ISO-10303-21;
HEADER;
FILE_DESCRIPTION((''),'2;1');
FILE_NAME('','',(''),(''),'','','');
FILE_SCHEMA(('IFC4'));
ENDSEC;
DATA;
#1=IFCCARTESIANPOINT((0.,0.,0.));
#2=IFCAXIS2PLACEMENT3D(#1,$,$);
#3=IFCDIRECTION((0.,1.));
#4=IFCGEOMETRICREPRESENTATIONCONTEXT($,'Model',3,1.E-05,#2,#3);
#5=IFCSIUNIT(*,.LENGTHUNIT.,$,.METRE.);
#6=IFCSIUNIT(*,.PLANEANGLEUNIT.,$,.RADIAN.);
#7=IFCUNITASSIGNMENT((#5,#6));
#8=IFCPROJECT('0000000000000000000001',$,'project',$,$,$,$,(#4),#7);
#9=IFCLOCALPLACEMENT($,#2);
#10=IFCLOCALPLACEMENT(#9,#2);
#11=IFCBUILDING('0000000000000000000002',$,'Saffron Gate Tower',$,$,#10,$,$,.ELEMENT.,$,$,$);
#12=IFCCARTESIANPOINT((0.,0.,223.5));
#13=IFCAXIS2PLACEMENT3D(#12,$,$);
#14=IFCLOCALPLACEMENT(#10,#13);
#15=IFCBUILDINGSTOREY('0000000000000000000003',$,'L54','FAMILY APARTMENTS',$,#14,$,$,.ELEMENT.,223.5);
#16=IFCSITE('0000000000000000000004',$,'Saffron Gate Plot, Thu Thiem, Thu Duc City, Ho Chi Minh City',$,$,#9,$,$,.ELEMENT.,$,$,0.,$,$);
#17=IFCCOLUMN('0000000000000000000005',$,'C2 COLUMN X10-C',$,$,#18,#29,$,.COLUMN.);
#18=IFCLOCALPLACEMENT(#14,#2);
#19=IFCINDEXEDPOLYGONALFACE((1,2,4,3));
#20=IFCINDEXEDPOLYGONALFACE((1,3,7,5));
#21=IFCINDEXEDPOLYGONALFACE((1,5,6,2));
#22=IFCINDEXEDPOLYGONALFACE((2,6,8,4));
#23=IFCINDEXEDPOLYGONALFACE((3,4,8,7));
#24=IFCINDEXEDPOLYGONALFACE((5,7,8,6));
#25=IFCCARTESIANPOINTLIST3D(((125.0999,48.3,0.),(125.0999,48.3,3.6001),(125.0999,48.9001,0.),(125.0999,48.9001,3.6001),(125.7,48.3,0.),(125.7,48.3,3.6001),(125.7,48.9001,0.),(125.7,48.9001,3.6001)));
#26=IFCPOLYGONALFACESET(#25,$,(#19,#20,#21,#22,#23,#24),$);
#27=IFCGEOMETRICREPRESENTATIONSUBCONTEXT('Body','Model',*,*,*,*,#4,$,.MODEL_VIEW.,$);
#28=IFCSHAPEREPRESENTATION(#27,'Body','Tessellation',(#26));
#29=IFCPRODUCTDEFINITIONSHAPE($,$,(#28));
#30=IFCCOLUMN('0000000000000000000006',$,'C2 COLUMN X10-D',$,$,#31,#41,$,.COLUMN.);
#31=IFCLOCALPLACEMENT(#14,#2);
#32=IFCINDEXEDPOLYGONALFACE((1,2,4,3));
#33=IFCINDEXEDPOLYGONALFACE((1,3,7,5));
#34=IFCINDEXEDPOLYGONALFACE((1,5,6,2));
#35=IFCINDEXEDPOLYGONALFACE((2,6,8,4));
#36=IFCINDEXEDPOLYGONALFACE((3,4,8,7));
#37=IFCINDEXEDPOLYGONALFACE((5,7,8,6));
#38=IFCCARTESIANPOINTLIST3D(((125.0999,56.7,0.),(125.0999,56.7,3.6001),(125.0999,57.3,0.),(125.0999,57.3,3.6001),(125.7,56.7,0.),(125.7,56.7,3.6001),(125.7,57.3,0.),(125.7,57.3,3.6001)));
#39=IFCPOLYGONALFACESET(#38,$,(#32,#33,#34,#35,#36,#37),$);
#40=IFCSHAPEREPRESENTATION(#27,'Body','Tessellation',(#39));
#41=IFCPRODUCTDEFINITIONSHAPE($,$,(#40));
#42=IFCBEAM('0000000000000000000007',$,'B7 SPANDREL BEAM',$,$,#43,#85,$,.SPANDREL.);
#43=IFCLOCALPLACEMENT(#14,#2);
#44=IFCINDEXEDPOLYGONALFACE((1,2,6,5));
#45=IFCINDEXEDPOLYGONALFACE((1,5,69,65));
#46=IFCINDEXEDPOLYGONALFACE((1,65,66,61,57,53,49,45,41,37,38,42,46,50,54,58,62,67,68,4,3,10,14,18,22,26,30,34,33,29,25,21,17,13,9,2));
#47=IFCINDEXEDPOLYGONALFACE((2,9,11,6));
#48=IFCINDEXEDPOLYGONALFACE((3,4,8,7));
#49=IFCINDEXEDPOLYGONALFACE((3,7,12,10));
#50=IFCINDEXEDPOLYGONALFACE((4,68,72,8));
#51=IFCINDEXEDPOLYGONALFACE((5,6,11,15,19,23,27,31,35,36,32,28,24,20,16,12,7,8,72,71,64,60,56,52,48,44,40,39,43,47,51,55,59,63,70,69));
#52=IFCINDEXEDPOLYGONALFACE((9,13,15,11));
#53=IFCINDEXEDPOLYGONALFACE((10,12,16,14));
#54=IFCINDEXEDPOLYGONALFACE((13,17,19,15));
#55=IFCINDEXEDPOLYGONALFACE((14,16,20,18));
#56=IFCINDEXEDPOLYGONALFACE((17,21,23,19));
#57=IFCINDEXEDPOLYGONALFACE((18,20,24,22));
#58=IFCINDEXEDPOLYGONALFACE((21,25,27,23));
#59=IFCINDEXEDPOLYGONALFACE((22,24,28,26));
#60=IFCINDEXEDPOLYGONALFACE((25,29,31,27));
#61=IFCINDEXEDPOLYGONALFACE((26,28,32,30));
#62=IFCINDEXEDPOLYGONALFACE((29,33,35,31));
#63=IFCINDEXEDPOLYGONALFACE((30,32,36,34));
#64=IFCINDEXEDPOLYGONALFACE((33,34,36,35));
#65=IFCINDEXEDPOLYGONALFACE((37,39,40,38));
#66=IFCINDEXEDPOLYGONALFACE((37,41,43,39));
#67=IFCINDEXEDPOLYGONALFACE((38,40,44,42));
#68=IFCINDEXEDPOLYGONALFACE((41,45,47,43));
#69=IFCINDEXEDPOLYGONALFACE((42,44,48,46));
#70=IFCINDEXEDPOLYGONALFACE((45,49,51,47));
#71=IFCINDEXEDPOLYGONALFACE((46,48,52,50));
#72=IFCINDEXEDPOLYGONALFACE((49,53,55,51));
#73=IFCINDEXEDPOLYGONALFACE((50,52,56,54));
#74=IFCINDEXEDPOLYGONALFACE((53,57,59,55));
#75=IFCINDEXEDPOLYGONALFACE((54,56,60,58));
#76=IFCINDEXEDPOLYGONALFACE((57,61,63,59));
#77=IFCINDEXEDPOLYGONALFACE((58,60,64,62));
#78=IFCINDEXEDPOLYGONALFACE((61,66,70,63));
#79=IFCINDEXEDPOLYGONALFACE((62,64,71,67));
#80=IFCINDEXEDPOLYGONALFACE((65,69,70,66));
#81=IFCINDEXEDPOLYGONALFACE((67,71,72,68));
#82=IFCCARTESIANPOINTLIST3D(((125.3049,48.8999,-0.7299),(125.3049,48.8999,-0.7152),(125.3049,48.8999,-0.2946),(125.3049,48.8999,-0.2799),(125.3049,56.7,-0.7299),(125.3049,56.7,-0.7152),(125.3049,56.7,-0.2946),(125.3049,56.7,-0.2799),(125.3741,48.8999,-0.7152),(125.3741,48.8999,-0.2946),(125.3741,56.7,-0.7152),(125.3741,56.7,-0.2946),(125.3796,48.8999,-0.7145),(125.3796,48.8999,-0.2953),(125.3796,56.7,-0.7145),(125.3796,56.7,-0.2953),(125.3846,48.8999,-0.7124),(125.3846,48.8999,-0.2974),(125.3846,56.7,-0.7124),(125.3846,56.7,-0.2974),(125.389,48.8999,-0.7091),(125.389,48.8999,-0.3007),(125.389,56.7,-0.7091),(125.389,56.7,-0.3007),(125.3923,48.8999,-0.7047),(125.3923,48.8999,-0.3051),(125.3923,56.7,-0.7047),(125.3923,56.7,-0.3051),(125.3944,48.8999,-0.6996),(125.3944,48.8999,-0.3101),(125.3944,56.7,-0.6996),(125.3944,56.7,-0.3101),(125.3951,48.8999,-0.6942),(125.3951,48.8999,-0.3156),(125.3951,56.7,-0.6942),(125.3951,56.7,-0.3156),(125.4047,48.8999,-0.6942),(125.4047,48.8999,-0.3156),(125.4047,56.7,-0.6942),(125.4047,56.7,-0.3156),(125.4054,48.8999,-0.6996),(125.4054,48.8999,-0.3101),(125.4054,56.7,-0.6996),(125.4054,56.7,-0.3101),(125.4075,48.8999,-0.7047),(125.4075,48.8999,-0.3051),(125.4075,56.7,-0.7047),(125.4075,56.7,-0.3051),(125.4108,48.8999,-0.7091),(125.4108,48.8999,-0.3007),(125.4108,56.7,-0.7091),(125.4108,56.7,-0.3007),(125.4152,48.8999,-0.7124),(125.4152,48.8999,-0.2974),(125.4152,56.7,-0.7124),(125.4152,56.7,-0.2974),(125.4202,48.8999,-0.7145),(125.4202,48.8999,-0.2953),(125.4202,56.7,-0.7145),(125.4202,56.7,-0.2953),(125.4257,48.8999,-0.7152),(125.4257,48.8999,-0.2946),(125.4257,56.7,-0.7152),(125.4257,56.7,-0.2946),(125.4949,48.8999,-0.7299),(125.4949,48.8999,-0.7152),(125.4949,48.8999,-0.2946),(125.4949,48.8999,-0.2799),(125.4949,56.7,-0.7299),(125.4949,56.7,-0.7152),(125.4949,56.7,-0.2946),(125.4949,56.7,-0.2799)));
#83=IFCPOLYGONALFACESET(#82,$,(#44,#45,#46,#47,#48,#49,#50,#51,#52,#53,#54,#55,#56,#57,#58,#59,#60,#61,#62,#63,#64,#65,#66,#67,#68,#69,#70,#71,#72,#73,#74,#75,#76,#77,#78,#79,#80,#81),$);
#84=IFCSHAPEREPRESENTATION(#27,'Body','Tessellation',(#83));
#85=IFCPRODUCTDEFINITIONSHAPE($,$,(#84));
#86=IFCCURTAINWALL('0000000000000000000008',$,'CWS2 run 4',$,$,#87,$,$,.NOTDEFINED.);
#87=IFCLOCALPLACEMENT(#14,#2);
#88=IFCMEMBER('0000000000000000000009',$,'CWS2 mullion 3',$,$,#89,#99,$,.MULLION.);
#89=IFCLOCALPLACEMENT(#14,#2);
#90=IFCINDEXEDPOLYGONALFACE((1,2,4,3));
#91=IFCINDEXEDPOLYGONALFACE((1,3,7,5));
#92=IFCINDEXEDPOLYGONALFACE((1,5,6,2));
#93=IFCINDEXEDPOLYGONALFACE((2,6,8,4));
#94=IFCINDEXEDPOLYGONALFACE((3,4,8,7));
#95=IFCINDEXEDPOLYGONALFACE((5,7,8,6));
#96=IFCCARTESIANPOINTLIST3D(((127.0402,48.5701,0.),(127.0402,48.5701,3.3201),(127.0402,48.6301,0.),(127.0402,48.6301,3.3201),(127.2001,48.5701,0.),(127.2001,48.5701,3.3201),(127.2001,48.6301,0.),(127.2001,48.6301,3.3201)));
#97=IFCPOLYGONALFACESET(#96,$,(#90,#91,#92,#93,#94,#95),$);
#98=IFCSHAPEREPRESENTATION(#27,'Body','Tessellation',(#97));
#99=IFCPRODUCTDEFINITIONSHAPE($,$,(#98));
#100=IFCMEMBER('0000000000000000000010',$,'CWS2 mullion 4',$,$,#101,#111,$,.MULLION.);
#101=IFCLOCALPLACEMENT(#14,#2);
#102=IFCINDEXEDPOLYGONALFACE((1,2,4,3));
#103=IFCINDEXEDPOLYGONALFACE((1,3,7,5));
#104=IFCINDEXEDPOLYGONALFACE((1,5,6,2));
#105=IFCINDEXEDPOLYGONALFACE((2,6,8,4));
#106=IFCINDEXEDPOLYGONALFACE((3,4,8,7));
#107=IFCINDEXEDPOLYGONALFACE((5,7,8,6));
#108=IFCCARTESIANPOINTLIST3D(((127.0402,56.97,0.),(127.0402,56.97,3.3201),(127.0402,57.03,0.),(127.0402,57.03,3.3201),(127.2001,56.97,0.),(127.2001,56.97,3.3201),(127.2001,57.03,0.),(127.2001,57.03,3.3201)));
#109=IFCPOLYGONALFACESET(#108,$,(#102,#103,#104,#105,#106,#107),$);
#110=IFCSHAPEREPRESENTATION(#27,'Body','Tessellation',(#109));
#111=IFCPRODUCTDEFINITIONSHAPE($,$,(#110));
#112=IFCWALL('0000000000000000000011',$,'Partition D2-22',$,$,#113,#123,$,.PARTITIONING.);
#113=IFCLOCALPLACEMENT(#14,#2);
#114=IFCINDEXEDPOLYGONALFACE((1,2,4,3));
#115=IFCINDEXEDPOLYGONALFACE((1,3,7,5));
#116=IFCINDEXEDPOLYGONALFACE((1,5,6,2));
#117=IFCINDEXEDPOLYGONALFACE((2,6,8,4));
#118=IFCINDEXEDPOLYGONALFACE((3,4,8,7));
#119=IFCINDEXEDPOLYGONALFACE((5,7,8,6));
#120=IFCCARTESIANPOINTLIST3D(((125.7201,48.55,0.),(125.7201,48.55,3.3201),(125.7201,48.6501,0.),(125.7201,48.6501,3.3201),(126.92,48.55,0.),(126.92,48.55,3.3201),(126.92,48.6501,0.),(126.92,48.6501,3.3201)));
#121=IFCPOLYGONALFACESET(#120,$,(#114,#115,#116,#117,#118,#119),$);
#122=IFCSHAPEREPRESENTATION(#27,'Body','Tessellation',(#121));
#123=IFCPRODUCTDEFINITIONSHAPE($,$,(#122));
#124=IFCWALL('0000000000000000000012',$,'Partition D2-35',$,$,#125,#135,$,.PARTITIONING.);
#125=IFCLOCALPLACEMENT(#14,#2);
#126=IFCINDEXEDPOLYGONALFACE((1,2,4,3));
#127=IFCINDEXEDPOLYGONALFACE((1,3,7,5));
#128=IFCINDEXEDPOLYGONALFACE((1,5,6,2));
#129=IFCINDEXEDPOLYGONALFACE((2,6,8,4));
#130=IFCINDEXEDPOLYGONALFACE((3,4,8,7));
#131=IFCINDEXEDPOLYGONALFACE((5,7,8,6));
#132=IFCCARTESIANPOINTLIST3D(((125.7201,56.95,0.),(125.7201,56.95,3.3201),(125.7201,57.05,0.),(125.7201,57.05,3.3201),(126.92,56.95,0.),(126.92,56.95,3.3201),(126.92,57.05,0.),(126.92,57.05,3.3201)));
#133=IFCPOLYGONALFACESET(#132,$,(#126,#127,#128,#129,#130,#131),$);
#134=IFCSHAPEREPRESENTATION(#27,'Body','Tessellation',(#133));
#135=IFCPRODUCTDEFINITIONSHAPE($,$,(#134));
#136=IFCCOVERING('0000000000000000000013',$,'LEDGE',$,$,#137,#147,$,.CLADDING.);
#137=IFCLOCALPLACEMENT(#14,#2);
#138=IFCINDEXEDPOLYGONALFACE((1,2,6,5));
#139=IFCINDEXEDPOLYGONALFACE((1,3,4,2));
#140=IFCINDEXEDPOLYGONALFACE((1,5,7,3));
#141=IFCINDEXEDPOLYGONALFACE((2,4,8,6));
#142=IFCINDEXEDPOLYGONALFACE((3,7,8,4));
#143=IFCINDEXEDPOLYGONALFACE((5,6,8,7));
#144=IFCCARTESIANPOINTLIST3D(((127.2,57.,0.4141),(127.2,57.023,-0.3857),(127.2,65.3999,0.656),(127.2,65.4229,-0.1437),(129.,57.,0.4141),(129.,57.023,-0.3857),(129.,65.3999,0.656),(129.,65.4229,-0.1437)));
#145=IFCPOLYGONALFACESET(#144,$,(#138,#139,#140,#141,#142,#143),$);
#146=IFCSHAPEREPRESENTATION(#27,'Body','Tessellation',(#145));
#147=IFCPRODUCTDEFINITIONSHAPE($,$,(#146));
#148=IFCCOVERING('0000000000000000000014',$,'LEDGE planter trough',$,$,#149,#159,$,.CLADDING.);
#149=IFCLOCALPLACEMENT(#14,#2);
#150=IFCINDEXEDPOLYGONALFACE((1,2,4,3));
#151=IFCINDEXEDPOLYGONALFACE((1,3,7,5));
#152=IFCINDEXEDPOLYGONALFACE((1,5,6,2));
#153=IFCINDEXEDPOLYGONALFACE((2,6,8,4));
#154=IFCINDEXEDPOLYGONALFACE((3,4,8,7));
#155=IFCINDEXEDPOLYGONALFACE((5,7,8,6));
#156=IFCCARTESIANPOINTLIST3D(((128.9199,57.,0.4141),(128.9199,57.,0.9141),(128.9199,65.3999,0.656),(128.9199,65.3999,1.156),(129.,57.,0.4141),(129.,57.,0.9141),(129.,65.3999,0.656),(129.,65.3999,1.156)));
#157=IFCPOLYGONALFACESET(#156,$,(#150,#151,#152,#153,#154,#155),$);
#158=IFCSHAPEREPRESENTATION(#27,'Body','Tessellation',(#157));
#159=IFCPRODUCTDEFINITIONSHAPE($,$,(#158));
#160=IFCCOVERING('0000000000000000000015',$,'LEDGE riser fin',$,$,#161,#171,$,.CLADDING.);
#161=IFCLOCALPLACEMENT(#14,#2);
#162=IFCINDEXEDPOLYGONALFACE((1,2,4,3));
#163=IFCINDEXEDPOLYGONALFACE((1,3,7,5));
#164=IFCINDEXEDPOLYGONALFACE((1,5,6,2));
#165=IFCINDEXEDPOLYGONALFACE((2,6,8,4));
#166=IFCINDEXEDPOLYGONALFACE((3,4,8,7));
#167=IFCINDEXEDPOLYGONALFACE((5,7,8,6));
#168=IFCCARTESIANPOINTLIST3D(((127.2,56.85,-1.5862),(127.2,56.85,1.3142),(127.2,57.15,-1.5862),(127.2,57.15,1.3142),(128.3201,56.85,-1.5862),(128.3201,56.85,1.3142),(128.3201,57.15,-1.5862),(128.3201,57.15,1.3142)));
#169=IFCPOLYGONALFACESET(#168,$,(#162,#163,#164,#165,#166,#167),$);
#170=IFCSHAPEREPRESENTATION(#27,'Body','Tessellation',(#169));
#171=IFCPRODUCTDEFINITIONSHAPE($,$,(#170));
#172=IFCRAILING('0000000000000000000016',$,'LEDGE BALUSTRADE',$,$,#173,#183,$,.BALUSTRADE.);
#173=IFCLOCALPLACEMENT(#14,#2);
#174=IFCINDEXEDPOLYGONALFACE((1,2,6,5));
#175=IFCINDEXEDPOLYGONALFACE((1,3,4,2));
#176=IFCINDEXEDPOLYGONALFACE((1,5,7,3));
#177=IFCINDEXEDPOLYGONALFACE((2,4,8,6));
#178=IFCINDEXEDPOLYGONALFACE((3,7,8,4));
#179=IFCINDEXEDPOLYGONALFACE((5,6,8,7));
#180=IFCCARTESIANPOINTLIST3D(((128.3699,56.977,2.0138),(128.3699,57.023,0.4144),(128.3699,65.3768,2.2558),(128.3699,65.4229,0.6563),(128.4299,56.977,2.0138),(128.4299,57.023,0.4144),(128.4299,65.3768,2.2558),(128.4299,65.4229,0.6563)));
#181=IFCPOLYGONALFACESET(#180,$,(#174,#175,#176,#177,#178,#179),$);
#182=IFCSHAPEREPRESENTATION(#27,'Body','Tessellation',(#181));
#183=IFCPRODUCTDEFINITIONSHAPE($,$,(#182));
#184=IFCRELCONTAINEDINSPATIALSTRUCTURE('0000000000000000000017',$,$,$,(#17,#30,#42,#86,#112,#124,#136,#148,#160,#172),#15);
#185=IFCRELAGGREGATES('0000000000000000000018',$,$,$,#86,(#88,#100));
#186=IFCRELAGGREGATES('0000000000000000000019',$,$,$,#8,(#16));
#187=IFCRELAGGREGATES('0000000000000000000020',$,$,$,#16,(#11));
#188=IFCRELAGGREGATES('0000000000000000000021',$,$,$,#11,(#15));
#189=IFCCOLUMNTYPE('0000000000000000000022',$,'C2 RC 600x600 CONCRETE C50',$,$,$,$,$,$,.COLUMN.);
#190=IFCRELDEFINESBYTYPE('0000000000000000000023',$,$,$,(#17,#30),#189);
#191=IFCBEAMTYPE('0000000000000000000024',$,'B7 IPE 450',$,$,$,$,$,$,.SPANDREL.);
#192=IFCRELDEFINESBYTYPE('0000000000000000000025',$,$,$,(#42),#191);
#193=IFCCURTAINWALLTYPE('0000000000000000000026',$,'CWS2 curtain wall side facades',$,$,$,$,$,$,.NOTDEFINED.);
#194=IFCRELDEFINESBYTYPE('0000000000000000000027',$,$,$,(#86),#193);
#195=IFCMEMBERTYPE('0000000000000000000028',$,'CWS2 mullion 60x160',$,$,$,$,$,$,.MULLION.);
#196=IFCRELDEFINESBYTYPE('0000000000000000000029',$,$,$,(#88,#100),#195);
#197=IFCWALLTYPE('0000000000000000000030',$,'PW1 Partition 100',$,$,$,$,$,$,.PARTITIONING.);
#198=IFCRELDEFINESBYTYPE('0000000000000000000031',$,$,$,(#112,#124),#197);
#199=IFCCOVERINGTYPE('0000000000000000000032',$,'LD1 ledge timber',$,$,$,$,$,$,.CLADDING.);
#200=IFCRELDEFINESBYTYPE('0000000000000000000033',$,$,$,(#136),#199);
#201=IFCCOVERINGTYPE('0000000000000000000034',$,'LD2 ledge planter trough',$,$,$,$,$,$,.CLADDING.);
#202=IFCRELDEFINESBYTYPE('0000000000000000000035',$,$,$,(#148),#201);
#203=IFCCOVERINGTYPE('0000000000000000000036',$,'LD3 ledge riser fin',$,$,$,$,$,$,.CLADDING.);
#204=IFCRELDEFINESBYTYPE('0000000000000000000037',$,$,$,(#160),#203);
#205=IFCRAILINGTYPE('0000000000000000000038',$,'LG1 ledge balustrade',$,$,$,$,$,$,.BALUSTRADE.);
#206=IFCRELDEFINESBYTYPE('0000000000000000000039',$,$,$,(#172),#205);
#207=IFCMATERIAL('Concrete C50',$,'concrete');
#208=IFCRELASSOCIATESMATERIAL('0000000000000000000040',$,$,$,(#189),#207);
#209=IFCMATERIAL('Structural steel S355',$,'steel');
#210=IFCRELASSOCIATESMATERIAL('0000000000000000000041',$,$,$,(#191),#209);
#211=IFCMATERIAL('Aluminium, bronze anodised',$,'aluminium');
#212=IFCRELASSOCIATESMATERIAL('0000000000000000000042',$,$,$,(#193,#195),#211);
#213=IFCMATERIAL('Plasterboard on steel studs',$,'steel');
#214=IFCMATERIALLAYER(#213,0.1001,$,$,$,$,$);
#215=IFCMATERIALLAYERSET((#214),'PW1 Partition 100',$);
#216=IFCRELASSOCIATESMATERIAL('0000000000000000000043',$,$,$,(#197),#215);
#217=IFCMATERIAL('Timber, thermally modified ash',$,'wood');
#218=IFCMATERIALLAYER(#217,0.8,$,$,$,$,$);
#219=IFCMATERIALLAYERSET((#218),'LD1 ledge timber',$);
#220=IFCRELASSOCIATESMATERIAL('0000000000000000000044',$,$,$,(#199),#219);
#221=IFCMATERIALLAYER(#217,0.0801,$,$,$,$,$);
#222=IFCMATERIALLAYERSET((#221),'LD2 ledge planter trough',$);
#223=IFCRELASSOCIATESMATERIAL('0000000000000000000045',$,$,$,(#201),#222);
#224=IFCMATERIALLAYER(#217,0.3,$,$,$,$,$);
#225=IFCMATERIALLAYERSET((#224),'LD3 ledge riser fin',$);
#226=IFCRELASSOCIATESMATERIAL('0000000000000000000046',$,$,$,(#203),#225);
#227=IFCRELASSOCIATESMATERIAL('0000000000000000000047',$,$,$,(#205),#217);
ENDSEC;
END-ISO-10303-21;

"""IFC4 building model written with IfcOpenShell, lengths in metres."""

from ifc_helpers import new_model, si_unit, direction, frame, frame_2d, origin, origin_2d, place, context, subcontext, project, spatial, polyline, rectangle, i_section, outline, extrude, material, layer, layer_set, material_profile, profile_set, type_object, element, aggregate, save


model = new_model("IFC4")

# Units and contexts
model_context = context("Model", 3, precision=1e-05, world=origin(), true_north=direction((0.0, 1.0)))
body_context = subcontext(model_context, "Body", "Model", "MODEL_VIEW")
ifc_project = project(units=[si_unit("LENGTHUNIT", "METRE"), si_unit("PLANEANGLEUNIT", "RADIAN")], contexts=[model_context])

# Site, building, storey
site_placement = place(None, origin())
site = spatial("IfcSite", under=ifc_project, at=site_placement, Name="Saffron Gate Plot, Thu Thiem, Thu Duc City, Ho Chi Minh City", CompositionType="ELEMENT", RefElevation=0.0)
building_placement = place(site_placement, origin())
building = spatial("IfcBuilding", under=site, at=building_placement, Name="Saffron Gate Tower", CompositionType="ELEMENT")
storey_placement = place(building_placement, frame((0.0, 0.0, 223.5)))
storey = spatial("IfcBuildingStorey", under=building, at=storey_placement, Name="L54", Description="FAMILY APARTMENTS", CompositionType="ELEMENT", Elevation=223.5)

# Columns
ifc_material_1 = material(Name="Concrete C50", Category="concrete")
ifc_material_profile_1 = material_profile(ifc_material_1, rectangle(XDim=0.6001, YDim=0.6001, at=origin_2d()))
ifc_profile_set_1 = profile_set([ifc_material_profile_1], Name="Concrete C50")
column_type = type_object("IfcColumnType", Name="C2 RC 600x600 CONCRETE C50", PredefinedType="COLUMN", material=ifc_profile_set_1)
for number, where, z_axis, x_axis, name in (
    (1, (125.3999, 48.6001, 0.0), (0.0, 0.0, 1.0), (1.0, 0.0, 0.0), "C2 COLUMN X10-C"),
    (2, (125.3999, 57.0, 0.0), (0.0, 0.0, 1.0), (1.0, 0.0, 0.0), "C2 COLUMN X10-D"),
):
    element("IfcColumn", number, at=place(storey_placement, frame(where, z_axis=z_axis, x_axis=x_axis)), inside=storey, type_object=column_type, Name=name, PredefinedType="COLUMN", context=body_context, shape_type="SweptSolid", body=[
        extrude(rectangle(XDim=0.6001, YDim=0.6001, at=origin_2d()), origin(), (0.0, 0.0, 1.0), 3.6001),
    ])

# Beam
ifc_material_2 = material(Name="Structural steel S355", Category="steel")
ifc_material_profile_2 = material_profile(ifc_material_2, i_section(OverallWidth=0.1899, OverallDepth=0.45, WebThickness=0.0095, FlangeThickness=0.0146, FilletRadius=0.021, at=origin_2d()))
ifc_profile_set_2 = profile_set([ifc_material_profile_2], Name="Structural steel S355")
beam_type = type_object("IfcBeamType", Name="B7 IPE 450", PredefinedType="SPANDREL", material=ifc_profile_set_2)
beam_placement = place(storey_placement, frame((125.3999, 48.8999, -0.5049), z_axis=(0.0, 1.0, 0.0), x_axis=(-1.0, 0.0, 0.0)))
element("IfcBeam", 3, at=beam_placement, inside=storey, type_object=beam_type, Name="B7 SPANDREL BEAM", PredefinedType="SPANDREL", context=body_context, shape_type="SweptSolid", body=[
    extrude(i_section(OverallWidth=0.1899, OverallDepth=0.45, WebThickness=0.0095, FlangeThickness=0.0146, FilletRadius=0.021, at=origin_2d()), origin(), (0.0, 0.0, 1.0), 7.8),
])

# Curtain wall, members
ifc_material_3 = material(Name="Aluminium, bronze anodised", Category="aluminium")
curtain_wall_type = type_object("IfcCurtainWallType", Name="CWS2 curtain wall side facades", PredefinedType="NOTDEFINED", material=ifc_material_3)
curtain_wall_placement = place(storey_placement, origin())
curtain_wall = element("IfcCurtainWall", 4, at=curtain_wall_placement, inside=storey, type_object=curtain_wall_type, Name="CWS2 run 4", PredefinedType="NOTDEFINED")
ifc_material_profile_3 = material_profile(ifc_material_3, rectangle(XDim=0.1599, YDim=0.0601, at=origin_2d()))
ifc_profile_set_3 = profile_set([ifc_material_profile_3], Name="Aluminium, bronze anodised")
member_type = type_object("IfcMemberType", Name="CWS2 mullion 60x160", PredefinedType="MULLION", material=ifc_profile_set_3)
member_1_placement = place(storey_placement, frame((127.1201, 48.6001, 0.0), z_axis=(0.0, 0.0, 1.0), x_axis=(-1.0, 0.0, 0.0)))
member_1 = element("IfcMember", 5, at=member_1_placement, type_object=member_type, Name="CWS2 mullion 3", PredefinedType="MULLION", context=body_context, shape_type="SweptSolid", body=[
    extrude(rectangle(XDim=0.1599, YDim=0.0601, at=origin_2d()), origin(), (0.0, 0.0, 1.0), 3.3201),
])
member_2_placement = place(storey_placement, frame((127.1201, 57.0, 0.0), z_axis=(0.0, 0.0, 1.0), x_axis=(-1.0, 0.0, 0.0)))
member_2 = element("IfcMember", 6, at=member_2_placement, type_object=member_type, Name="CWS2 mullion 4", PredefinedType="MULLION", context=body_context, shape_type="SweptSolid", body=[
    extrude(rectangle(XDim=0.1599, YDim=0.0601, at=origin_2d()), origin(), (0.0, 0.0, 1.0), 3.3201),
])
aggregate(curtain_wall, [member_1, member_2])

# Walls
ifc_material_4 = material(Name="Plasterboard on steel studs", Category="steel")
ifc_layer_1 = layer(ifc_material_4, 0.1001)
ifc_layer_set_1 = layer_set([ifc_layer_1], Name="PW1 Partition 100")
wall_type = type_object("IfcWallType", Name="PW1 Partition 100", PredefinedType="PARTITIONING", material=ifc_layer_set_1)
for number, where, z_axis, x_axis, name in (
    (7, (125.72, 48.6001, 0.0), (0.0, 0.0, 1.0), (1.0, 0.0, 0.0), "Partition D2-22"),
    (8, (125.72, 57.0, 0.0), (0.0, 0.0, 1.0), (1.0, 0.0, 0.0), "Partition D2-35"),
):
    element("IfcWall", number, at=place(storey_placement, frame(where, z_axis=z_axis, x_axis=x_axis)), inside=storey, type_object=wall_type, Name=name, PredefinedType="PARTITIONING", context=body_context, shape_type="SweptSolid", body=[
        extrude(rectangle(XDim=1.2, YDim=0.1001, at=frame_2d((0.6001, 0.0))), origin(), (0.0, 0.0, 1.0), 3.3201),
    ])

# Coverings
ifc_material_5 = material(Name="Timber, thermally modified ash", Category="wood")
ifc_layer_2 = layer(ifc_material_5, 0.8)
ifc_layer_set_2 = layer_set([ifc_layer_2], Name="LD1 ledge timber")
covering_type_1 = type_object("IfcCoveringType", Name="LD1 ledge timber", PredefinedType="CLADDING", material=ifc_layer_set_2)
covering_1_placement = place(storey_placement, frame((127.2, 57.0, 0.4141), z_axis=(0.0, -0.028791, 0.999585), x_axis=(0.0, 0.999585, 0.028791)))
element("IfcCovering", 9, at=covering_1_placement, inside=storey, type_object=covering_type_1, Name="LEDGE", PredefinedType="CLADDING", context=body_context, shape_type="SweptSolid", body=[
    extrude(outline(polyline([(0.0, 0.0), (8.4034, 0.0), (8.4034, -1.8), (0.0, -1.8), (0.0, 0.0)])), origin(), (0.0, 0.0, -1.0), 0.8),
])
ifc_layer_3 = layer(ifc_material_5, 0.0801)
ifc_layer_set_3 = layer_set([ifc_layer_3], Name="LD2 ledge planter trough")
covering_type_2 = type_object("IfcCoveringType", Name="LD2 ledge planter trough", PredefinedType="CLADDING", material=ifc_layer_set_3)
covering_2_placement = place(storey_placement, frame((129.0, 57.0, 0.4141), z_axis=(1.0, 0.0, 0.0), x_axis=(0.0, 0.999585, 0.028791)))
element("IfcCovering", 10, at=covering_2_placement, inside=storey, type_object=covering_type_2, Name="LEDGE planter trough", PredefinedType="CLADDING", context=body_context, shape_type="SweptSolid", body=[
    extrude(outline(polyline([(0.0, 0.0), (8.4034, 0.0), (8.4178, 0.4998), (0.0144, 0.4998), (0.0, 0.0)])), origin(), (0.0, 0.0, -1.0), 0.0801),
])
ifc_layer_4 = layer(ifc_material_5, 0.3)
ifc_layer_set_4 = layer_set([ifc_layer_4], Name="LD3 ledge riser fin")
covering_type_3 = type_object("IfcCoveringType", Name="LD3 ledge riser fin", PredefinedType="CLADDING", material=ifc_layer_set_4)
covering_3_placement = place(storey_placement, frame((127.76, 57.0, -1.5862), z_axis=(0.0, 0.0, 1.0), x_axis=(0.0, 1.0, 0.0)))
element("IfcCovering", 11, at=covering_3_placement, inside=storey, type_object=covering_type_3, Name="LEDGE riser fin", PredefinedType="CLADDING", context=body_context, shape_type="SweptSolid", body=[
    extrude(rectangle(XDim=0.3, YDim=1.1201, at=origin_2d()), origin(), (0.0, 0.0, 1.0), 2.9004),
])

# Railing
railing_type = type_object("IfcRailingType", Name="LG1 ledge balustrade", PredefinedType="BALUSTRADE", material=ifc_material_5)
railing_1_placement = place(storey_placement, frame((128.3999, 57.0, 0.4141)))
element("IfcRailing", 12, at=railing_1_placement, inside=storey, type_object=railing_type, Name="LEDGE BALUSTRADE", PredefinedType="BALUSTRADE", context=body_context, shape_type="SweptSolid", body=[
    extrude(rectangle(XDim=0.0601, YDim=1.6001, at=origin_2d()), frame((0.0, 0.0, 0.8), z_axis=(0.0, 0.999585, 0.028791), x_axis=(-1.0, 0.0, 0.0)), (0.0, 0.0, 1.0), 8.4033),
])

save(model, "model.ifc")
